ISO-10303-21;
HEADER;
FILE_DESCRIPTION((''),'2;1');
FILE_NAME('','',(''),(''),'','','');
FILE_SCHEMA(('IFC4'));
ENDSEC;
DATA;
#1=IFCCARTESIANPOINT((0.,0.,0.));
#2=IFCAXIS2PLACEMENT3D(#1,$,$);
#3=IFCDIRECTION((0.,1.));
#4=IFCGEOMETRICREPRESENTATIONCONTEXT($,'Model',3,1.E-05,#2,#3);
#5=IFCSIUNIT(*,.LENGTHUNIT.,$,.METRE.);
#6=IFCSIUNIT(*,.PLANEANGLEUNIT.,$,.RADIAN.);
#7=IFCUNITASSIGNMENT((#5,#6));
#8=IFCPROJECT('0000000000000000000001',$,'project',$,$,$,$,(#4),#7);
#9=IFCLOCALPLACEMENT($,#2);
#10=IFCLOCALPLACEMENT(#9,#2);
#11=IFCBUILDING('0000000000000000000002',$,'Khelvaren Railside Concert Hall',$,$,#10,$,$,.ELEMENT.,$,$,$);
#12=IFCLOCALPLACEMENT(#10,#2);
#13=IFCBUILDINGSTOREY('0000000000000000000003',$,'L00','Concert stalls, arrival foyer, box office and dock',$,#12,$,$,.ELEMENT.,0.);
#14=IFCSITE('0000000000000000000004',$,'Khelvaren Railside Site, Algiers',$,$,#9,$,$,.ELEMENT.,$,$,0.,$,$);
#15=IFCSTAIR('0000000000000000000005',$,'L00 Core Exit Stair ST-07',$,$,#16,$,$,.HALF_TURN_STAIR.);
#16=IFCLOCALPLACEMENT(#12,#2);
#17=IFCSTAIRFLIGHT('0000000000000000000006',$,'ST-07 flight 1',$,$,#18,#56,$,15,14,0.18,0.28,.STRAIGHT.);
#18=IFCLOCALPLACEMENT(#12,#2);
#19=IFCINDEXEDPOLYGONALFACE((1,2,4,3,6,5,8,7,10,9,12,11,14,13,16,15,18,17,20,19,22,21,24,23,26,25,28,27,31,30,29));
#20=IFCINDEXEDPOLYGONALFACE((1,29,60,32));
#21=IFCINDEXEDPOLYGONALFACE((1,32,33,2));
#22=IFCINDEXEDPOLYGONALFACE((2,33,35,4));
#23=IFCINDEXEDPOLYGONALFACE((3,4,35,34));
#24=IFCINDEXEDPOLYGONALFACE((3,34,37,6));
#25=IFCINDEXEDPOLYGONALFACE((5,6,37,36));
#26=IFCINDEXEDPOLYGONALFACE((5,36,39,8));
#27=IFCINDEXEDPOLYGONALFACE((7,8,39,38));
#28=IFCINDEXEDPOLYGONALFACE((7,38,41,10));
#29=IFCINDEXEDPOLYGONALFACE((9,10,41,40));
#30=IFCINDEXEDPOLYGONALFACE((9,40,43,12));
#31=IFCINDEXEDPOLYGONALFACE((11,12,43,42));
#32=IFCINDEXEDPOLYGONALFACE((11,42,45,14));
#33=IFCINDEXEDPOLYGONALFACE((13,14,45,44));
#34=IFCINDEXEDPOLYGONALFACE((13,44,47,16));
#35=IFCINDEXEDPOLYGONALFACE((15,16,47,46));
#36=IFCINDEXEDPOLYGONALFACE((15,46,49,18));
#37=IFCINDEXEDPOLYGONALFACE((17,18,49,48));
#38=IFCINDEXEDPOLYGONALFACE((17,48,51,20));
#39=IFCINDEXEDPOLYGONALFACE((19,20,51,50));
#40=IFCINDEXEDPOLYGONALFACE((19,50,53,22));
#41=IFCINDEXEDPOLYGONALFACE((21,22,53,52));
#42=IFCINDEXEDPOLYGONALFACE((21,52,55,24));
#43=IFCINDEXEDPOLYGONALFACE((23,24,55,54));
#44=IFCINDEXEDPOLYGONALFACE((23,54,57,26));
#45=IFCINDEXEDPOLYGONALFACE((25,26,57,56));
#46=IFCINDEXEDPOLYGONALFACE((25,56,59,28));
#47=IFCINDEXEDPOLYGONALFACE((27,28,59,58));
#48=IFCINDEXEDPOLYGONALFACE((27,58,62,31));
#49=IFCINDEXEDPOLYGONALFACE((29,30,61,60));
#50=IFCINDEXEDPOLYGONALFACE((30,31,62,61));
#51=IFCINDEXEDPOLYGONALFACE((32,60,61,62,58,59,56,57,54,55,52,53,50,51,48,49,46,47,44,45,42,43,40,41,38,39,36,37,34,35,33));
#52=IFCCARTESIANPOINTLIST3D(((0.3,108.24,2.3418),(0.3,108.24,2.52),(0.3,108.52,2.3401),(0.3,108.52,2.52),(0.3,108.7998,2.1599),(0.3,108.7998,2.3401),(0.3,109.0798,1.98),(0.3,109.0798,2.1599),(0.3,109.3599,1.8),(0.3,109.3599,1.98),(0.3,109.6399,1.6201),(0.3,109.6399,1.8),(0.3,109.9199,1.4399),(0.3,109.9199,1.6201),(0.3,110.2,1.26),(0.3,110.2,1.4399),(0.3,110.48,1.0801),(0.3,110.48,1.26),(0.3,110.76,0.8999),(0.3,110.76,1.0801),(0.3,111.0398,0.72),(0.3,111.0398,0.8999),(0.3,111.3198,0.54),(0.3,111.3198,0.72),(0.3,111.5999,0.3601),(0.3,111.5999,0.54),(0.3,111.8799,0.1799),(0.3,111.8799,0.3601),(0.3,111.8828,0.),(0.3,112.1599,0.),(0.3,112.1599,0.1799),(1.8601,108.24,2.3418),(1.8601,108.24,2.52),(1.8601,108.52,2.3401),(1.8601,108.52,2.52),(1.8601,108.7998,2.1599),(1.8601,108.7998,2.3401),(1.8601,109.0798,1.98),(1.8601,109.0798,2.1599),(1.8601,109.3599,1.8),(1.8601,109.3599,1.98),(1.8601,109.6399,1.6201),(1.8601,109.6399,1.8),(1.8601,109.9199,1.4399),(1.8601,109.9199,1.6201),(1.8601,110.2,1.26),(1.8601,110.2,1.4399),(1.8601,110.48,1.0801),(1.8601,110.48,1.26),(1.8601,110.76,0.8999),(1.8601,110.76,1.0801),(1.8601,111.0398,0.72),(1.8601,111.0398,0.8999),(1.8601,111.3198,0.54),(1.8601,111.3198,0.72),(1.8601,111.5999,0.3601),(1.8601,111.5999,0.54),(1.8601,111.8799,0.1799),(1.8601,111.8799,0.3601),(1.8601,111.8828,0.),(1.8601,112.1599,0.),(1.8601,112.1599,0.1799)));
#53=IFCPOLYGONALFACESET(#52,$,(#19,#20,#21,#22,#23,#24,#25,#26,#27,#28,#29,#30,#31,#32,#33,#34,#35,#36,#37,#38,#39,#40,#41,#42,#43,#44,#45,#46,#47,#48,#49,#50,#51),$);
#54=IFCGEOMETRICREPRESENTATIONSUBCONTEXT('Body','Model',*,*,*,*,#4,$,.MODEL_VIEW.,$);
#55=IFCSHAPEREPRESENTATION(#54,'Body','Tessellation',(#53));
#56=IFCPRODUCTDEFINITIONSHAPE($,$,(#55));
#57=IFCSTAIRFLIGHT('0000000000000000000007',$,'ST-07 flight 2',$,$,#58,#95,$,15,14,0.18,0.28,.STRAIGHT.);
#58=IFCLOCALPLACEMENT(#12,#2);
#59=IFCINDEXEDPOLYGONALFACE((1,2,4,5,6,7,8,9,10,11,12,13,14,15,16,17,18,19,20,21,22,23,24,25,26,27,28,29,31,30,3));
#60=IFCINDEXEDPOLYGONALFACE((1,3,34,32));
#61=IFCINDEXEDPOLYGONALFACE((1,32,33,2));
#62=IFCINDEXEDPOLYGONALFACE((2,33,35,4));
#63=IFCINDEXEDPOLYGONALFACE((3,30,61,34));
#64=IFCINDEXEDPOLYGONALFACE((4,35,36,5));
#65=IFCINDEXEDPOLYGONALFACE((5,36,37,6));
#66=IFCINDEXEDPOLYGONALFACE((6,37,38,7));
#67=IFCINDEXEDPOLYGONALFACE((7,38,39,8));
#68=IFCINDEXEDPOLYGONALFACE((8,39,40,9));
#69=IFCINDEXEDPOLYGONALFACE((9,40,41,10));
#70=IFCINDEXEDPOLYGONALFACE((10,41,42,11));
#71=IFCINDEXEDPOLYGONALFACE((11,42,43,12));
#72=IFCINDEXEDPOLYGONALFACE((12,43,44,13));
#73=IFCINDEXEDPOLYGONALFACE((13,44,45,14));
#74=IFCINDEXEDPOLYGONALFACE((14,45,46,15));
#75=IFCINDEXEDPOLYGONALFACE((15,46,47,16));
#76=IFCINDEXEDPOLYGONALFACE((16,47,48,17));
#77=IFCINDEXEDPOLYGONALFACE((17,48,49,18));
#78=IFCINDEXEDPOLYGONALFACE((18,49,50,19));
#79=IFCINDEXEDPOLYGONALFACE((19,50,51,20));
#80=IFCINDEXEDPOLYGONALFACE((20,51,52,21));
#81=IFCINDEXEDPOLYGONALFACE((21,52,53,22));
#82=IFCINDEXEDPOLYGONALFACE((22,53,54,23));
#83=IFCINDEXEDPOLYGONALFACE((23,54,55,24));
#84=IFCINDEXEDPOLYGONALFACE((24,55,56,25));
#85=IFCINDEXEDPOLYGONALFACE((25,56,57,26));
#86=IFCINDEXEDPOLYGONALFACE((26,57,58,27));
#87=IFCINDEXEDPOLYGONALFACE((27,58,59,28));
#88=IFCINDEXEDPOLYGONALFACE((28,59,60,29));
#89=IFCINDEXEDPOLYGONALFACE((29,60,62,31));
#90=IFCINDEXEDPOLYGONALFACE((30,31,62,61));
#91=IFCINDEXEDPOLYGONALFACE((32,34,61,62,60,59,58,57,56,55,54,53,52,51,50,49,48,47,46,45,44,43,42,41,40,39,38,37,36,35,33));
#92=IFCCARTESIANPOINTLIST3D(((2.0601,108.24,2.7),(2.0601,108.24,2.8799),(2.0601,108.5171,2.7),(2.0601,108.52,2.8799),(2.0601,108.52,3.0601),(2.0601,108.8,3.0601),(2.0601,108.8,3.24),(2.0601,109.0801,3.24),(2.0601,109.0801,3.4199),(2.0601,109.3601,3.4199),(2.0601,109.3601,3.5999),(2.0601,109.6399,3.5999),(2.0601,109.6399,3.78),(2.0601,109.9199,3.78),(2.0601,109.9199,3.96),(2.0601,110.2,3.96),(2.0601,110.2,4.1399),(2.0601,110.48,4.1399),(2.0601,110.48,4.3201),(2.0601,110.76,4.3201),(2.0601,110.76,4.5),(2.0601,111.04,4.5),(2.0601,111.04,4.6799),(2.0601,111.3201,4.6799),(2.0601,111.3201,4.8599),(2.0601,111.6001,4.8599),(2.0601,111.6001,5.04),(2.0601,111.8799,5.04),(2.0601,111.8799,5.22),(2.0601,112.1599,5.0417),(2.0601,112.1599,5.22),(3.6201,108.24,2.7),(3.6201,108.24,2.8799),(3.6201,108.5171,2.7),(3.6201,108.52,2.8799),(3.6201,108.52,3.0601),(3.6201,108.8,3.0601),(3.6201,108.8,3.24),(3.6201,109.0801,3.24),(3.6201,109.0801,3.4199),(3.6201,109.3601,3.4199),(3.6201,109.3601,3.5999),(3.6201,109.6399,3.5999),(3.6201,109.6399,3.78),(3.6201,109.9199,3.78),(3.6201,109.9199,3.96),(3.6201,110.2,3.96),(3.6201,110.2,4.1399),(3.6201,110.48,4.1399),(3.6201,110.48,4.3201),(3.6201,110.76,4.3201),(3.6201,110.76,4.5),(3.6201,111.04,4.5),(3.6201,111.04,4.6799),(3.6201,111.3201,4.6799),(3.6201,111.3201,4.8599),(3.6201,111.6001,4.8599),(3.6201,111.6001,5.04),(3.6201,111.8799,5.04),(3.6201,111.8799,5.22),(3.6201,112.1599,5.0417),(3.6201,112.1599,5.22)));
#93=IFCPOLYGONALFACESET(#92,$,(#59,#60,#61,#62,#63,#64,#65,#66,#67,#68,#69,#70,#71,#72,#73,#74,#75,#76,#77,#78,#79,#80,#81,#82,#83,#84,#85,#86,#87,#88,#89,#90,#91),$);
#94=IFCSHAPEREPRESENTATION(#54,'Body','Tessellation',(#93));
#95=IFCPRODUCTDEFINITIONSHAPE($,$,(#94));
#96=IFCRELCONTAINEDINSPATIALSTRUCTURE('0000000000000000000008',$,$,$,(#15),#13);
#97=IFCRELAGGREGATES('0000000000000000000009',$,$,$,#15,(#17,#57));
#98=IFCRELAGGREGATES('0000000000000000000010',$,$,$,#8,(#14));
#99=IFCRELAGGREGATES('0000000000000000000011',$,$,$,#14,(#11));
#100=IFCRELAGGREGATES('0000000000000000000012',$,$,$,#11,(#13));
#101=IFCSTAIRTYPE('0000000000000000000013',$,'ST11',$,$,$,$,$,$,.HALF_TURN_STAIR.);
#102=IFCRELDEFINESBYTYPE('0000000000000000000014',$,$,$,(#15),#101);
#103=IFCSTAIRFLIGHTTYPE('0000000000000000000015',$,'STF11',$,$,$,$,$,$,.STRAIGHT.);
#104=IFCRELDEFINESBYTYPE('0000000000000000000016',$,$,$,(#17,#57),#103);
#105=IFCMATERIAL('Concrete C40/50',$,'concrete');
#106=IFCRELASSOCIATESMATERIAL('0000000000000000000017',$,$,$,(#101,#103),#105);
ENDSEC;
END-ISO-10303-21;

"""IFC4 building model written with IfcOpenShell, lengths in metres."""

from ifc_helpers import new_model, si_unit, direction, frame, origin, place, context, subcontext, project, spatial, polyline, outline, extrude, material, type_object, element, aggregate, save


model = new_model("IFC4")

# Units and contexts
model_context = context("Model", 3, precision=1e-05, world=origin(), true_north=direction((0.0, 1.0)))
body_context = subcontext(model_context, "Body", "Model", "MODEL_VIEW")
ifc_project = project(units=[si_unit("LENGTHUNIT", "METRE"), si_unit("PLANEANGLEUNIT", "RADIAN")], contexts=[model_context])

# Site, building, storey
site_placement = place(None, origin())
site = spatial("IfcSite", under=ifc_project, at=site_placement, Name="Khelvaren Railside Site, Algiers", CompositionType="ELEMENT", RefElevation=0.0)
building_placement = place(site_placement, origin())
building = spatial("IfcBuilding", under=site, at=building_placement, Name="Khelvaren Railside Concert Hall", CompositionType="ELEMENT")
storey_placement = place(building_placement, origin())
storey = spatial("IfcBuildingStorey", under=building, at=storey_placement, Name="L00", Description="Concert stalls, arrival foyer, box office and dock", CompositionType="ELEMENT", Elevation=0.0)

# Shared definitions
ifc_material_1 = material(Name="Concrete C40/50", Category="concrete")

# Stair, stair flights
stair_type = type_object("IfcStairType", Name="ST11", PredefinedType="HALF_TURN_STAIR", material=ifc_material_1)
stair_placement = place(storey_placement, origin())
stair = element("IfcStair", 1, at=stair_placement, inside=storey, type_object=stair_type, Name="L00 Core Exit Stair ST-07", PredefinedType="HALF_TURN_STAIR")
stair_flight_type = type_object("IfcStairFlightType", Name="STF11", PredefinedType="STRAIGHT", material=ifc_material_1)
stair_flight_1_placement = place(storey_placement, frame((1.0801, 112.1599, 0.0), z_axis=(0.0, 0.0, 1.0), x_axis=(0.0, -1.0, 0.0)))
stair_flight_1 = element("IfcStairFlight", 2, at=stair_flight_1_placement, type_object=stair_flight_type, Name="ST-07 flight 1", NumberOfRisers=15, NumberOfTreads=14, PredefinedType="STRAIGHT", RiserHeight=0.18, TreadLength=0.28, context=body_context, shape_type="SweptSolid", body=[
    extrude(outline(polyline([(0.0, 0.0), (0.0, 0.1799), (0.28, 0.1799), (0.28, 0.3601), (0.5601, 0.3601), (0.5601, 0.54), (0.8401, 0.54), (0.8401, 0.72), (1.1201, 0.72), (1.1201, 0.8999), (1.3999, 0.8999), (1.3999, 1.0801), (1.6799, 1.0801), (1.6799, 1.26), (1.96, 1.26), (1.96, 1.4399), (2.24, 1.4399), (2.24, 1.6201), (2.52, 1.6201), (2.52, 1.8), (2.8, 1.8), (2.8, 1.98), (3.0801, 1.98), (3.0801, 2.1599), (3.3601, 2.1599), (3.3601, 2.3401), (3.6399, 2.3401), (3.6399, 2.52), (3.9199, 2.52), (3.9199, 2.7), (3.9199, 2.3418), (0.2771, 0.0), (0.0, 0.0)])), frame((0.0, 0.78, 0.0), z_axis=(0.0, -1.0, 0.0), x_axis=(1.0, 0.0, 0.0)), (0.0, 0.0, 1.0), 1.5601),
])
stair_flight_2_placement = place(storey_placement, frame((2.8401, 108.24, 2.7), z_axis=(0.0, 0.0, 1.0), x_axis=(0.0, 1.0, 0.0)))
stair_flight_2 = element("IfcStairFlight", 3, at=stair_flight_2_placement, type_object=stair_flight_type, Name="ST-07 flight 2", NumberOfRisers=15, NumberOfTreads=14, PredefinedType="STRAIGHT", RiserHeight=0.18, TreadLength=0.28, context=body_context, shape_type="SweptSolid", body=[
    extrude(outline(polyline([(0.0, 0.0), (0.0, 0.1799), (0.28, 0.1799), (0.28, 0.3601), (0.5601, 0.3601), (0.5601, 0.54), (0.8401, 0.54), (0.8401, 0.72), (1.1201, 0.72), (1.1201, 0.8999), (1.3999, 0.8999), (1.3999, 1.0801), (1.6799, 1.0801), (1.6799, 1.26), (1.96, 1.26), (1.96, 1.4399), (2.24, 1.4399), (2.24, 1.6201), (2.52, 1.6201), (2.52, 1.8), (2.8, 1.8), (2.8, 1.98), (3.0801, 1.98), (3.0801, 2.1599), (3.3601, 2.1599), (3.3601, 2.3401), (3.6399, 2.3401), (3.6399, 2.52), (3.9199, 2.52), (3.9199, 2.7), (3.9199, 2.3418), (0.2771, 0.0), (0.0, 0.0)])), frame((0.0, 0.78, 0.0), z_axis=(0.0, -1.0, 0.0), x_axis=(1.0, 0.0, 0.0)), (0.0, 0.0, 1.0), 1.5601),
])
aggregate(stair, [stair_flight_1, stair_flight_2])

save(model, "model.ifc")
